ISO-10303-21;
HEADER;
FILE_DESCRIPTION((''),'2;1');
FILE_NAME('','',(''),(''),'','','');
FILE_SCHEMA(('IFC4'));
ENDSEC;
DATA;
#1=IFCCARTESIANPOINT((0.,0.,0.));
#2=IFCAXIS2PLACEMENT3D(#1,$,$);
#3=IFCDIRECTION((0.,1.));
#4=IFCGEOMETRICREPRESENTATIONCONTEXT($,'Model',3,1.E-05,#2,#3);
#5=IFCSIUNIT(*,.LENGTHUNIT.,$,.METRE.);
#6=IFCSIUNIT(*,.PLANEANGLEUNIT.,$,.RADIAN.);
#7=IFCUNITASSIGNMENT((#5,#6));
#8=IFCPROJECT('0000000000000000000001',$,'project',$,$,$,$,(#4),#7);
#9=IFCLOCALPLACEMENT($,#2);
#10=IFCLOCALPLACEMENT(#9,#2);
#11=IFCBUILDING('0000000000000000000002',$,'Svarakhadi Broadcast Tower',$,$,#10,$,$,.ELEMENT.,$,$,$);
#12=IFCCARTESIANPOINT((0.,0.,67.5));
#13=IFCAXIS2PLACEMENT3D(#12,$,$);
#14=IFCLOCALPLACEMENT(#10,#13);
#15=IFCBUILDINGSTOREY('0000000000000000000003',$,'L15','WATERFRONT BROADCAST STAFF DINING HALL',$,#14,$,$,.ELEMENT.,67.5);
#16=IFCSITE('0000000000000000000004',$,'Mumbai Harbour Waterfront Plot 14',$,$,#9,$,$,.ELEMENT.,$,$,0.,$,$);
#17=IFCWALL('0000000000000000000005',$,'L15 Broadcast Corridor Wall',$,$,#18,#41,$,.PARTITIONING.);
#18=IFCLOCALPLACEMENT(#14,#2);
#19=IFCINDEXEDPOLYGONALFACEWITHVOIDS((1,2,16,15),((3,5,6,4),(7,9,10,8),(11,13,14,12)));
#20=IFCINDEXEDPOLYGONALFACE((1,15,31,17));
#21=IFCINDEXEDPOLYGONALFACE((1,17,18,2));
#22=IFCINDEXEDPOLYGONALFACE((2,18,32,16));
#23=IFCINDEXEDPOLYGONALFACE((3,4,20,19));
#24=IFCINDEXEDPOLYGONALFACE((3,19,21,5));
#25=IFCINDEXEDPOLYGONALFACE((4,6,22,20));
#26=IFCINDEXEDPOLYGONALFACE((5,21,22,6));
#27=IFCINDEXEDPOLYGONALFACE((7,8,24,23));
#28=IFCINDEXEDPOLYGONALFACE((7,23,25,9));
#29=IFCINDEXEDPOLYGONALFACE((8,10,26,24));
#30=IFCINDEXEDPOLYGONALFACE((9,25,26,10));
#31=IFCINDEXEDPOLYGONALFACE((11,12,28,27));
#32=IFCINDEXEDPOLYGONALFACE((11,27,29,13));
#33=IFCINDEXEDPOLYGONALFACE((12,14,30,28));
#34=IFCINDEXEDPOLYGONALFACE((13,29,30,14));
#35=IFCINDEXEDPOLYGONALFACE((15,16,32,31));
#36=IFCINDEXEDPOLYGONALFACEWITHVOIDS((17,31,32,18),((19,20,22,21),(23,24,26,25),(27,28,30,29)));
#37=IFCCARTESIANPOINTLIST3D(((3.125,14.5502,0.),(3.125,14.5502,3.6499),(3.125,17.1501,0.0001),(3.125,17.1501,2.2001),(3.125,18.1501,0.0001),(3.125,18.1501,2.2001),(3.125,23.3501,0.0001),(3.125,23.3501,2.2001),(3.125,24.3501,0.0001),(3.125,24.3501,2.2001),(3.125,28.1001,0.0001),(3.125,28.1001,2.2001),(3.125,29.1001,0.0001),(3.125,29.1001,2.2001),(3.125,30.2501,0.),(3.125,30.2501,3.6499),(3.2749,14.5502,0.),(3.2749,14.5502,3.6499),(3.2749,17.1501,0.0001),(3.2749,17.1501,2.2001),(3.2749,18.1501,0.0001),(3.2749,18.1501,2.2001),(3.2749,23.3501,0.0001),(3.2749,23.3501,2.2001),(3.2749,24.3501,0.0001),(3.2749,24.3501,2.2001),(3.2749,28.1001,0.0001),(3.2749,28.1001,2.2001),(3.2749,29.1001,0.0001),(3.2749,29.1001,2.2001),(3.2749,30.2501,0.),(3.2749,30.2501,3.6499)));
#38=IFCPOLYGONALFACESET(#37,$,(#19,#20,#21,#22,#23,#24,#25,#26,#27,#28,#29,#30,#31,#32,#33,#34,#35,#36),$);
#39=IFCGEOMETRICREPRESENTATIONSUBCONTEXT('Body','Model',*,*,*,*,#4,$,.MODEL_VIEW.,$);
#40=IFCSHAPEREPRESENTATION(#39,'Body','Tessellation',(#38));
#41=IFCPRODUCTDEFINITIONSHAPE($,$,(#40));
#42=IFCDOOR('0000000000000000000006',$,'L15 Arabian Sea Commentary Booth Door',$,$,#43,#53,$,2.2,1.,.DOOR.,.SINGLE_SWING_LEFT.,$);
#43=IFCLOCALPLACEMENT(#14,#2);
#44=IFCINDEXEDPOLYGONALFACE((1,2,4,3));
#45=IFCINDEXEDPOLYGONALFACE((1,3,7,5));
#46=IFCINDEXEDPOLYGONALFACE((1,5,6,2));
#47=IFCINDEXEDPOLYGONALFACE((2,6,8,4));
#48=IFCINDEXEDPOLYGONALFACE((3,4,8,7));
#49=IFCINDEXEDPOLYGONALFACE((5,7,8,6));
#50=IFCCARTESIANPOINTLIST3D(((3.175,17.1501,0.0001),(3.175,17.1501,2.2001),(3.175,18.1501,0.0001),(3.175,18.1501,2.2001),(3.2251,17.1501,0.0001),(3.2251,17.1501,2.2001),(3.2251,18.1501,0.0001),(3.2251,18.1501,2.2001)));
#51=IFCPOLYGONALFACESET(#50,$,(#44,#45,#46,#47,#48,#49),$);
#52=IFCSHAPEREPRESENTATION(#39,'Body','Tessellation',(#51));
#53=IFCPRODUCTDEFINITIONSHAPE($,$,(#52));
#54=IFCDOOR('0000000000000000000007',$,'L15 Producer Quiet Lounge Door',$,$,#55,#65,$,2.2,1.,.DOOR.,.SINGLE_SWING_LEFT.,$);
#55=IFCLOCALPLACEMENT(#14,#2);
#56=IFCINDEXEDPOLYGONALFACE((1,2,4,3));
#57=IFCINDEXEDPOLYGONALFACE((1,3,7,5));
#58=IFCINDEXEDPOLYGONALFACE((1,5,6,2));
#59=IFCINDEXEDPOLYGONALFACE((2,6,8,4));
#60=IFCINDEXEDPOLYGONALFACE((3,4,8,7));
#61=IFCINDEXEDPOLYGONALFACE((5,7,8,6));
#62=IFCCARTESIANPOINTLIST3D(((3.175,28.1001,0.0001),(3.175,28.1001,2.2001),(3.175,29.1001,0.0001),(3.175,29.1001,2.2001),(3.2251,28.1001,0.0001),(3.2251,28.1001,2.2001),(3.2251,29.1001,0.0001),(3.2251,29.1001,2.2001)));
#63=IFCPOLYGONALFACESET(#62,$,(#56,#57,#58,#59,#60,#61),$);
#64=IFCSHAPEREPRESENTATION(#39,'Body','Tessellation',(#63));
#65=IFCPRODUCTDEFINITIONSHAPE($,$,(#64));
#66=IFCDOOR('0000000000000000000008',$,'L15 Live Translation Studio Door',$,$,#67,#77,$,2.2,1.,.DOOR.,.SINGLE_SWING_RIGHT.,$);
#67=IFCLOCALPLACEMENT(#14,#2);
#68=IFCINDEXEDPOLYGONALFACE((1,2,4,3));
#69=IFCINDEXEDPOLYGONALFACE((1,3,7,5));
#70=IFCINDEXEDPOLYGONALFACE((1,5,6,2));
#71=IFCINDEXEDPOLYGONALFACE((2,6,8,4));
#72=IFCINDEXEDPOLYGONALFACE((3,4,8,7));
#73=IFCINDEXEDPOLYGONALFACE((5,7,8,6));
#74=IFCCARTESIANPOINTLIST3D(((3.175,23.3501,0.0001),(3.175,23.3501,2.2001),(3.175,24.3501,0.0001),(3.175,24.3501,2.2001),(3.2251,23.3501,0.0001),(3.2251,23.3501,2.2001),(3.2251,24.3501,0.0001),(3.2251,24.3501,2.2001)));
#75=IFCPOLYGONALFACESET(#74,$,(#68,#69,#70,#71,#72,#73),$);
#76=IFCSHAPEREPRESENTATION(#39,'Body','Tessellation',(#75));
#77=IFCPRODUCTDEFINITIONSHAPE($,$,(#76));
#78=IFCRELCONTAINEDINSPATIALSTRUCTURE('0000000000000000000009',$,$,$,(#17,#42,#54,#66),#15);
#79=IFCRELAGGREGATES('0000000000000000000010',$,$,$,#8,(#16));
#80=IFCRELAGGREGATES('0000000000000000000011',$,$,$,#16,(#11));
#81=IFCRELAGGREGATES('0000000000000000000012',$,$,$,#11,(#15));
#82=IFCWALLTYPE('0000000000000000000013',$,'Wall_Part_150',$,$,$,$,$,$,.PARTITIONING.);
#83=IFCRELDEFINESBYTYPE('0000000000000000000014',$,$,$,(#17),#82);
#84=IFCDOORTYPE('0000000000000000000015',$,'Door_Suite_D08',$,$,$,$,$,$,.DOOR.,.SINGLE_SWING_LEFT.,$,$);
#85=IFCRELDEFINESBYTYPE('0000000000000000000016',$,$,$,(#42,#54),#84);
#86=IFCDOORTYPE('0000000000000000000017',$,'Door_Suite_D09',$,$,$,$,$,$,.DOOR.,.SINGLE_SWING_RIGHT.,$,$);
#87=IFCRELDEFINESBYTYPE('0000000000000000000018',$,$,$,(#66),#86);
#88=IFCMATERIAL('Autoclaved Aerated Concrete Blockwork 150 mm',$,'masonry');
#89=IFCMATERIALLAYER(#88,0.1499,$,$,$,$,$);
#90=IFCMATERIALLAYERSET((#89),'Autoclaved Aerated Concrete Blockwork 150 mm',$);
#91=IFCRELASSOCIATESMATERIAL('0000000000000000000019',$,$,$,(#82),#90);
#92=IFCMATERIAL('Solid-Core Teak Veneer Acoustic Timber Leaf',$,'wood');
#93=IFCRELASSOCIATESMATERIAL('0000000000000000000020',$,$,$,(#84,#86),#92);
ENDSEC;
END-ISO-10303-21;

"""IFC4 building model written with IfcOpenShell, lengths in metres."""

from ifc_helpers import new_model, si_unit, direction, frame, frame_2d, origin, place, context, subcontext, project, spatial, rectangle, extrude, material, layer, layer_set, type_object, element, fill, save


model = new_model("IFC4")

# Units and contexts
model_context = context("Model", 3, precision=1e-05, world=origin(), true_north=direction((0.0, 1.0)))
body_context = subcontext(model_context, "Body", "Model", "MODEL_VIEW")
ifc_project = project(units=[si_unit("LENGTHUNIT", "METRE"), si_unit("PLANEANGLEUNIT", "RADIAN")], contexts=[model_context])

# Site, building, storey
site_placement = place(None, origin())
site = spatial("IfcSite", under=ifc_project, at=site_placement, Name="Mumbai Harbour Waterfront Plot 14", CompositionType="ELEMENT", RefElevation=0.0)
building_placement = place(site_placement, origin())
building = spatial("IfcBuilding", under=site, at=building_placement, Name="Svarakhadi Broadcast Tower", CompositionType="ELEMENT")
storey_placement = place(building_placement, frame((0.0, 0.0, 67.5)))
storey = spatial("IfcBuildingStorey", under=building, at=storey_placement, Name="L15", Description="WATERFRONT BROADCAST STAFF DINING HALL", CompositionType="ELEMENT", Elevation=67.5)

# Wall, openings, doors
ifc_material_1 = material(Name="Autoclaved Aerated Concrete Blockwork 150 mm", Category="masonry")
ifc_layer_1 = layer(ifc_material_1, 0.1499)
ifc_layer_set_1 = layer_set([ifc_layer_1], Name="Autoclaved Aerated Concrete Blockwork 150 mm")
wall_type_1 = type_object("IfcWallType", Name="Wall_Part_150", PredefinedType="PARTITIONING", material=ifc_layer_set_1)
wall_1_placement = place(storey_placement, frame((3.2, 14.55, 0.0), z_axis=(0.0, 0.0, 1.0), x_axis=(0.0, 1.0, 0.0)))
wall_1 = element("IfcWall", 1, at=wall_1_placement, inside=storey, type_object=wall_type_1, Name="L15 Broadcast Corridor Wall", PredefinedType="PARTITIONING", context=body_context, shape_type="SweptSolid", body=[
    extrude(rectangle(XDim=15.7, YDim=0.1499, at=frame_2d((7.8501, 0.0))), origin(), (0.0, 0.0, 1.0), 3.6499),
])
opening_1_placement = place(wall_1_placement, frame((2.6001, 0.0, 0.0)))
opening_1 = element("IfcOpeningElement", 2, at=opening_1_placement, cuts=wall_1, PredefinedType="OPENING", context=body_context, shape_type="SweptSolid", body=[
    extrude(rectangle(XDim=1.0, YDim=2.2, at=frame_2d((0.5, 1.1001))), frame((0.0, 0.085, 0.0), z_axis=(0.0, -1.0, 0.0), x_axis=(1.0, 0.0, 0.0)), (0.0, 0.0, 1.0), 0.1699),
])
opening_2_placement = place(wall_1_placement, frame((8.8, 0.0, 0.0)))
opening_2 = element("IfcOpeningElement", 3, at=opening_2_placement, cuts=wall_1, PredefinedType="OPENING", context=body_context, shape_type="SweptSolid", body=[
    extrude(rectangle(XDim=1.0, YDim=2.2, at=frame_2d((0.5, 1.1001))), frame((0.0, 0.085, 0.0), z_axis=(0.0, -1.0, 0.0), x_axis=(1.0, 0.0, 0.0)), (0.0, 0.0, 1.0), 0.1699),
])
opening_3_placement = place(wall_1_placement, frame((13.55, 0.0, 0.0)))
opening_3 = element("IfcOpeningElement", 4, at=opening_3_placement, cuts=wall_1, PredefinedType="OPENING", context=body_context, shape_type="SweptSolid", body=[
    extrude(rectangle(XDim=1.0, YDim=2.2, at=frame_2d((0.5, 1.1001))), frame((0.0, 0.085, 0.0), z_axis=(0.0, -1.0, 0.0), x_axis=(1.0, 0.0, 0.0)), (0.0, 0.0, 1.0), 0.1699),
])
ifc_material_2 = material(Name="Solid-Core Teak Veneer Acoustic Timber Leaf", Category="wood")
door_type_1 = type_object("IfcDoorType", Name="Door_Suite_D08", OperationType="SINGLE_SWING_LEFT", PredefinedType="DOOR", material=ifc_material_2)
door_1_placement = place(opening_1_placement, origin())
door_1 = element("IfcDoor", 5, at=door_1_placement, inside=storey, type_object=door_type_1, Name="L15 Arabian Sea Commentary Booth Door", OperationType="SINGLE_SWING_LEFT", OverallHeight=2.2, OverallWidth=1.0, PredefinedType="DOOR", context=body_context, shape_type="SweptSolid", body=[
    extrude(rectangle(XDim=1.0, YDim=2.2, at=frame_2d((0.5, 1.1001))), frame((0.0, 0.0249, 0.0), z_axis=(0.0, -1.0, 0.0), x_axis=(1.0, 0.0, 0.0)), (0.0, 0.0, 1.0), 0.05),
])
fill(opening_1, door_1)
door_2_placement = place(opening_3_placement, origin())
door_2 = element("IfcDoor", 6, at=door_2_placement, inside=storey, type_object=door_type_1, Name="L15 Producer Quiet Lounge Door", OperationType="SINGLE_SWING_LEFT", OverallHeight=2.2, OverallWidth=1.0, PredefinedType="DOOR", context=body_context, shape_type="SweptSolid", body=[
    extrude(rectangle(XDim=1.0, YDim=2.2, at=frame_2d((0.5, 1.1001))), frame((0.0, 0.0249, 0.0), z_axis=(0.0, -1.0, 0.0), x_axis=(1.0, 0.0, 0.0)), (0.0, 0.0, 1.0), 0.05),
])
fill(opening_3, door_2)
door_type_2 = type_object("IfcDoorType", Name="Door_Suite_D09", OperationType="SINGLE_SWING_RIGHT", PredefinedType="DOOR", material=ifc_material_2)
door_3_placement = place(opening_2_placement, origin())
door_3 = element("IfcDoor", 7, at=door_3_placement, inside=storey, type_object=door_type_2, Name="L15 Live Translation Studio Door", OperationType="SINGLE_SWING_RIGHT", OverallHeight=2.2, OverallWidth=1.0, PredefinedType="DOOR", context=body_context, shape_type="SweptSolid", body=[
    extrude(rectangle(XDim=1.0, YDim=2.2, at=frame_2d((0.5, 1.1001))), frame((0.0, 0.0249, 0.0), z_axis=(0.0, -1.0, 0.0), x_axis=(1.0, 0.0, 0.0)), (0.0, 0.0, 1.0), 0.05),
])
fill(opening_2, door_3)

save(model, "model.ifc")
